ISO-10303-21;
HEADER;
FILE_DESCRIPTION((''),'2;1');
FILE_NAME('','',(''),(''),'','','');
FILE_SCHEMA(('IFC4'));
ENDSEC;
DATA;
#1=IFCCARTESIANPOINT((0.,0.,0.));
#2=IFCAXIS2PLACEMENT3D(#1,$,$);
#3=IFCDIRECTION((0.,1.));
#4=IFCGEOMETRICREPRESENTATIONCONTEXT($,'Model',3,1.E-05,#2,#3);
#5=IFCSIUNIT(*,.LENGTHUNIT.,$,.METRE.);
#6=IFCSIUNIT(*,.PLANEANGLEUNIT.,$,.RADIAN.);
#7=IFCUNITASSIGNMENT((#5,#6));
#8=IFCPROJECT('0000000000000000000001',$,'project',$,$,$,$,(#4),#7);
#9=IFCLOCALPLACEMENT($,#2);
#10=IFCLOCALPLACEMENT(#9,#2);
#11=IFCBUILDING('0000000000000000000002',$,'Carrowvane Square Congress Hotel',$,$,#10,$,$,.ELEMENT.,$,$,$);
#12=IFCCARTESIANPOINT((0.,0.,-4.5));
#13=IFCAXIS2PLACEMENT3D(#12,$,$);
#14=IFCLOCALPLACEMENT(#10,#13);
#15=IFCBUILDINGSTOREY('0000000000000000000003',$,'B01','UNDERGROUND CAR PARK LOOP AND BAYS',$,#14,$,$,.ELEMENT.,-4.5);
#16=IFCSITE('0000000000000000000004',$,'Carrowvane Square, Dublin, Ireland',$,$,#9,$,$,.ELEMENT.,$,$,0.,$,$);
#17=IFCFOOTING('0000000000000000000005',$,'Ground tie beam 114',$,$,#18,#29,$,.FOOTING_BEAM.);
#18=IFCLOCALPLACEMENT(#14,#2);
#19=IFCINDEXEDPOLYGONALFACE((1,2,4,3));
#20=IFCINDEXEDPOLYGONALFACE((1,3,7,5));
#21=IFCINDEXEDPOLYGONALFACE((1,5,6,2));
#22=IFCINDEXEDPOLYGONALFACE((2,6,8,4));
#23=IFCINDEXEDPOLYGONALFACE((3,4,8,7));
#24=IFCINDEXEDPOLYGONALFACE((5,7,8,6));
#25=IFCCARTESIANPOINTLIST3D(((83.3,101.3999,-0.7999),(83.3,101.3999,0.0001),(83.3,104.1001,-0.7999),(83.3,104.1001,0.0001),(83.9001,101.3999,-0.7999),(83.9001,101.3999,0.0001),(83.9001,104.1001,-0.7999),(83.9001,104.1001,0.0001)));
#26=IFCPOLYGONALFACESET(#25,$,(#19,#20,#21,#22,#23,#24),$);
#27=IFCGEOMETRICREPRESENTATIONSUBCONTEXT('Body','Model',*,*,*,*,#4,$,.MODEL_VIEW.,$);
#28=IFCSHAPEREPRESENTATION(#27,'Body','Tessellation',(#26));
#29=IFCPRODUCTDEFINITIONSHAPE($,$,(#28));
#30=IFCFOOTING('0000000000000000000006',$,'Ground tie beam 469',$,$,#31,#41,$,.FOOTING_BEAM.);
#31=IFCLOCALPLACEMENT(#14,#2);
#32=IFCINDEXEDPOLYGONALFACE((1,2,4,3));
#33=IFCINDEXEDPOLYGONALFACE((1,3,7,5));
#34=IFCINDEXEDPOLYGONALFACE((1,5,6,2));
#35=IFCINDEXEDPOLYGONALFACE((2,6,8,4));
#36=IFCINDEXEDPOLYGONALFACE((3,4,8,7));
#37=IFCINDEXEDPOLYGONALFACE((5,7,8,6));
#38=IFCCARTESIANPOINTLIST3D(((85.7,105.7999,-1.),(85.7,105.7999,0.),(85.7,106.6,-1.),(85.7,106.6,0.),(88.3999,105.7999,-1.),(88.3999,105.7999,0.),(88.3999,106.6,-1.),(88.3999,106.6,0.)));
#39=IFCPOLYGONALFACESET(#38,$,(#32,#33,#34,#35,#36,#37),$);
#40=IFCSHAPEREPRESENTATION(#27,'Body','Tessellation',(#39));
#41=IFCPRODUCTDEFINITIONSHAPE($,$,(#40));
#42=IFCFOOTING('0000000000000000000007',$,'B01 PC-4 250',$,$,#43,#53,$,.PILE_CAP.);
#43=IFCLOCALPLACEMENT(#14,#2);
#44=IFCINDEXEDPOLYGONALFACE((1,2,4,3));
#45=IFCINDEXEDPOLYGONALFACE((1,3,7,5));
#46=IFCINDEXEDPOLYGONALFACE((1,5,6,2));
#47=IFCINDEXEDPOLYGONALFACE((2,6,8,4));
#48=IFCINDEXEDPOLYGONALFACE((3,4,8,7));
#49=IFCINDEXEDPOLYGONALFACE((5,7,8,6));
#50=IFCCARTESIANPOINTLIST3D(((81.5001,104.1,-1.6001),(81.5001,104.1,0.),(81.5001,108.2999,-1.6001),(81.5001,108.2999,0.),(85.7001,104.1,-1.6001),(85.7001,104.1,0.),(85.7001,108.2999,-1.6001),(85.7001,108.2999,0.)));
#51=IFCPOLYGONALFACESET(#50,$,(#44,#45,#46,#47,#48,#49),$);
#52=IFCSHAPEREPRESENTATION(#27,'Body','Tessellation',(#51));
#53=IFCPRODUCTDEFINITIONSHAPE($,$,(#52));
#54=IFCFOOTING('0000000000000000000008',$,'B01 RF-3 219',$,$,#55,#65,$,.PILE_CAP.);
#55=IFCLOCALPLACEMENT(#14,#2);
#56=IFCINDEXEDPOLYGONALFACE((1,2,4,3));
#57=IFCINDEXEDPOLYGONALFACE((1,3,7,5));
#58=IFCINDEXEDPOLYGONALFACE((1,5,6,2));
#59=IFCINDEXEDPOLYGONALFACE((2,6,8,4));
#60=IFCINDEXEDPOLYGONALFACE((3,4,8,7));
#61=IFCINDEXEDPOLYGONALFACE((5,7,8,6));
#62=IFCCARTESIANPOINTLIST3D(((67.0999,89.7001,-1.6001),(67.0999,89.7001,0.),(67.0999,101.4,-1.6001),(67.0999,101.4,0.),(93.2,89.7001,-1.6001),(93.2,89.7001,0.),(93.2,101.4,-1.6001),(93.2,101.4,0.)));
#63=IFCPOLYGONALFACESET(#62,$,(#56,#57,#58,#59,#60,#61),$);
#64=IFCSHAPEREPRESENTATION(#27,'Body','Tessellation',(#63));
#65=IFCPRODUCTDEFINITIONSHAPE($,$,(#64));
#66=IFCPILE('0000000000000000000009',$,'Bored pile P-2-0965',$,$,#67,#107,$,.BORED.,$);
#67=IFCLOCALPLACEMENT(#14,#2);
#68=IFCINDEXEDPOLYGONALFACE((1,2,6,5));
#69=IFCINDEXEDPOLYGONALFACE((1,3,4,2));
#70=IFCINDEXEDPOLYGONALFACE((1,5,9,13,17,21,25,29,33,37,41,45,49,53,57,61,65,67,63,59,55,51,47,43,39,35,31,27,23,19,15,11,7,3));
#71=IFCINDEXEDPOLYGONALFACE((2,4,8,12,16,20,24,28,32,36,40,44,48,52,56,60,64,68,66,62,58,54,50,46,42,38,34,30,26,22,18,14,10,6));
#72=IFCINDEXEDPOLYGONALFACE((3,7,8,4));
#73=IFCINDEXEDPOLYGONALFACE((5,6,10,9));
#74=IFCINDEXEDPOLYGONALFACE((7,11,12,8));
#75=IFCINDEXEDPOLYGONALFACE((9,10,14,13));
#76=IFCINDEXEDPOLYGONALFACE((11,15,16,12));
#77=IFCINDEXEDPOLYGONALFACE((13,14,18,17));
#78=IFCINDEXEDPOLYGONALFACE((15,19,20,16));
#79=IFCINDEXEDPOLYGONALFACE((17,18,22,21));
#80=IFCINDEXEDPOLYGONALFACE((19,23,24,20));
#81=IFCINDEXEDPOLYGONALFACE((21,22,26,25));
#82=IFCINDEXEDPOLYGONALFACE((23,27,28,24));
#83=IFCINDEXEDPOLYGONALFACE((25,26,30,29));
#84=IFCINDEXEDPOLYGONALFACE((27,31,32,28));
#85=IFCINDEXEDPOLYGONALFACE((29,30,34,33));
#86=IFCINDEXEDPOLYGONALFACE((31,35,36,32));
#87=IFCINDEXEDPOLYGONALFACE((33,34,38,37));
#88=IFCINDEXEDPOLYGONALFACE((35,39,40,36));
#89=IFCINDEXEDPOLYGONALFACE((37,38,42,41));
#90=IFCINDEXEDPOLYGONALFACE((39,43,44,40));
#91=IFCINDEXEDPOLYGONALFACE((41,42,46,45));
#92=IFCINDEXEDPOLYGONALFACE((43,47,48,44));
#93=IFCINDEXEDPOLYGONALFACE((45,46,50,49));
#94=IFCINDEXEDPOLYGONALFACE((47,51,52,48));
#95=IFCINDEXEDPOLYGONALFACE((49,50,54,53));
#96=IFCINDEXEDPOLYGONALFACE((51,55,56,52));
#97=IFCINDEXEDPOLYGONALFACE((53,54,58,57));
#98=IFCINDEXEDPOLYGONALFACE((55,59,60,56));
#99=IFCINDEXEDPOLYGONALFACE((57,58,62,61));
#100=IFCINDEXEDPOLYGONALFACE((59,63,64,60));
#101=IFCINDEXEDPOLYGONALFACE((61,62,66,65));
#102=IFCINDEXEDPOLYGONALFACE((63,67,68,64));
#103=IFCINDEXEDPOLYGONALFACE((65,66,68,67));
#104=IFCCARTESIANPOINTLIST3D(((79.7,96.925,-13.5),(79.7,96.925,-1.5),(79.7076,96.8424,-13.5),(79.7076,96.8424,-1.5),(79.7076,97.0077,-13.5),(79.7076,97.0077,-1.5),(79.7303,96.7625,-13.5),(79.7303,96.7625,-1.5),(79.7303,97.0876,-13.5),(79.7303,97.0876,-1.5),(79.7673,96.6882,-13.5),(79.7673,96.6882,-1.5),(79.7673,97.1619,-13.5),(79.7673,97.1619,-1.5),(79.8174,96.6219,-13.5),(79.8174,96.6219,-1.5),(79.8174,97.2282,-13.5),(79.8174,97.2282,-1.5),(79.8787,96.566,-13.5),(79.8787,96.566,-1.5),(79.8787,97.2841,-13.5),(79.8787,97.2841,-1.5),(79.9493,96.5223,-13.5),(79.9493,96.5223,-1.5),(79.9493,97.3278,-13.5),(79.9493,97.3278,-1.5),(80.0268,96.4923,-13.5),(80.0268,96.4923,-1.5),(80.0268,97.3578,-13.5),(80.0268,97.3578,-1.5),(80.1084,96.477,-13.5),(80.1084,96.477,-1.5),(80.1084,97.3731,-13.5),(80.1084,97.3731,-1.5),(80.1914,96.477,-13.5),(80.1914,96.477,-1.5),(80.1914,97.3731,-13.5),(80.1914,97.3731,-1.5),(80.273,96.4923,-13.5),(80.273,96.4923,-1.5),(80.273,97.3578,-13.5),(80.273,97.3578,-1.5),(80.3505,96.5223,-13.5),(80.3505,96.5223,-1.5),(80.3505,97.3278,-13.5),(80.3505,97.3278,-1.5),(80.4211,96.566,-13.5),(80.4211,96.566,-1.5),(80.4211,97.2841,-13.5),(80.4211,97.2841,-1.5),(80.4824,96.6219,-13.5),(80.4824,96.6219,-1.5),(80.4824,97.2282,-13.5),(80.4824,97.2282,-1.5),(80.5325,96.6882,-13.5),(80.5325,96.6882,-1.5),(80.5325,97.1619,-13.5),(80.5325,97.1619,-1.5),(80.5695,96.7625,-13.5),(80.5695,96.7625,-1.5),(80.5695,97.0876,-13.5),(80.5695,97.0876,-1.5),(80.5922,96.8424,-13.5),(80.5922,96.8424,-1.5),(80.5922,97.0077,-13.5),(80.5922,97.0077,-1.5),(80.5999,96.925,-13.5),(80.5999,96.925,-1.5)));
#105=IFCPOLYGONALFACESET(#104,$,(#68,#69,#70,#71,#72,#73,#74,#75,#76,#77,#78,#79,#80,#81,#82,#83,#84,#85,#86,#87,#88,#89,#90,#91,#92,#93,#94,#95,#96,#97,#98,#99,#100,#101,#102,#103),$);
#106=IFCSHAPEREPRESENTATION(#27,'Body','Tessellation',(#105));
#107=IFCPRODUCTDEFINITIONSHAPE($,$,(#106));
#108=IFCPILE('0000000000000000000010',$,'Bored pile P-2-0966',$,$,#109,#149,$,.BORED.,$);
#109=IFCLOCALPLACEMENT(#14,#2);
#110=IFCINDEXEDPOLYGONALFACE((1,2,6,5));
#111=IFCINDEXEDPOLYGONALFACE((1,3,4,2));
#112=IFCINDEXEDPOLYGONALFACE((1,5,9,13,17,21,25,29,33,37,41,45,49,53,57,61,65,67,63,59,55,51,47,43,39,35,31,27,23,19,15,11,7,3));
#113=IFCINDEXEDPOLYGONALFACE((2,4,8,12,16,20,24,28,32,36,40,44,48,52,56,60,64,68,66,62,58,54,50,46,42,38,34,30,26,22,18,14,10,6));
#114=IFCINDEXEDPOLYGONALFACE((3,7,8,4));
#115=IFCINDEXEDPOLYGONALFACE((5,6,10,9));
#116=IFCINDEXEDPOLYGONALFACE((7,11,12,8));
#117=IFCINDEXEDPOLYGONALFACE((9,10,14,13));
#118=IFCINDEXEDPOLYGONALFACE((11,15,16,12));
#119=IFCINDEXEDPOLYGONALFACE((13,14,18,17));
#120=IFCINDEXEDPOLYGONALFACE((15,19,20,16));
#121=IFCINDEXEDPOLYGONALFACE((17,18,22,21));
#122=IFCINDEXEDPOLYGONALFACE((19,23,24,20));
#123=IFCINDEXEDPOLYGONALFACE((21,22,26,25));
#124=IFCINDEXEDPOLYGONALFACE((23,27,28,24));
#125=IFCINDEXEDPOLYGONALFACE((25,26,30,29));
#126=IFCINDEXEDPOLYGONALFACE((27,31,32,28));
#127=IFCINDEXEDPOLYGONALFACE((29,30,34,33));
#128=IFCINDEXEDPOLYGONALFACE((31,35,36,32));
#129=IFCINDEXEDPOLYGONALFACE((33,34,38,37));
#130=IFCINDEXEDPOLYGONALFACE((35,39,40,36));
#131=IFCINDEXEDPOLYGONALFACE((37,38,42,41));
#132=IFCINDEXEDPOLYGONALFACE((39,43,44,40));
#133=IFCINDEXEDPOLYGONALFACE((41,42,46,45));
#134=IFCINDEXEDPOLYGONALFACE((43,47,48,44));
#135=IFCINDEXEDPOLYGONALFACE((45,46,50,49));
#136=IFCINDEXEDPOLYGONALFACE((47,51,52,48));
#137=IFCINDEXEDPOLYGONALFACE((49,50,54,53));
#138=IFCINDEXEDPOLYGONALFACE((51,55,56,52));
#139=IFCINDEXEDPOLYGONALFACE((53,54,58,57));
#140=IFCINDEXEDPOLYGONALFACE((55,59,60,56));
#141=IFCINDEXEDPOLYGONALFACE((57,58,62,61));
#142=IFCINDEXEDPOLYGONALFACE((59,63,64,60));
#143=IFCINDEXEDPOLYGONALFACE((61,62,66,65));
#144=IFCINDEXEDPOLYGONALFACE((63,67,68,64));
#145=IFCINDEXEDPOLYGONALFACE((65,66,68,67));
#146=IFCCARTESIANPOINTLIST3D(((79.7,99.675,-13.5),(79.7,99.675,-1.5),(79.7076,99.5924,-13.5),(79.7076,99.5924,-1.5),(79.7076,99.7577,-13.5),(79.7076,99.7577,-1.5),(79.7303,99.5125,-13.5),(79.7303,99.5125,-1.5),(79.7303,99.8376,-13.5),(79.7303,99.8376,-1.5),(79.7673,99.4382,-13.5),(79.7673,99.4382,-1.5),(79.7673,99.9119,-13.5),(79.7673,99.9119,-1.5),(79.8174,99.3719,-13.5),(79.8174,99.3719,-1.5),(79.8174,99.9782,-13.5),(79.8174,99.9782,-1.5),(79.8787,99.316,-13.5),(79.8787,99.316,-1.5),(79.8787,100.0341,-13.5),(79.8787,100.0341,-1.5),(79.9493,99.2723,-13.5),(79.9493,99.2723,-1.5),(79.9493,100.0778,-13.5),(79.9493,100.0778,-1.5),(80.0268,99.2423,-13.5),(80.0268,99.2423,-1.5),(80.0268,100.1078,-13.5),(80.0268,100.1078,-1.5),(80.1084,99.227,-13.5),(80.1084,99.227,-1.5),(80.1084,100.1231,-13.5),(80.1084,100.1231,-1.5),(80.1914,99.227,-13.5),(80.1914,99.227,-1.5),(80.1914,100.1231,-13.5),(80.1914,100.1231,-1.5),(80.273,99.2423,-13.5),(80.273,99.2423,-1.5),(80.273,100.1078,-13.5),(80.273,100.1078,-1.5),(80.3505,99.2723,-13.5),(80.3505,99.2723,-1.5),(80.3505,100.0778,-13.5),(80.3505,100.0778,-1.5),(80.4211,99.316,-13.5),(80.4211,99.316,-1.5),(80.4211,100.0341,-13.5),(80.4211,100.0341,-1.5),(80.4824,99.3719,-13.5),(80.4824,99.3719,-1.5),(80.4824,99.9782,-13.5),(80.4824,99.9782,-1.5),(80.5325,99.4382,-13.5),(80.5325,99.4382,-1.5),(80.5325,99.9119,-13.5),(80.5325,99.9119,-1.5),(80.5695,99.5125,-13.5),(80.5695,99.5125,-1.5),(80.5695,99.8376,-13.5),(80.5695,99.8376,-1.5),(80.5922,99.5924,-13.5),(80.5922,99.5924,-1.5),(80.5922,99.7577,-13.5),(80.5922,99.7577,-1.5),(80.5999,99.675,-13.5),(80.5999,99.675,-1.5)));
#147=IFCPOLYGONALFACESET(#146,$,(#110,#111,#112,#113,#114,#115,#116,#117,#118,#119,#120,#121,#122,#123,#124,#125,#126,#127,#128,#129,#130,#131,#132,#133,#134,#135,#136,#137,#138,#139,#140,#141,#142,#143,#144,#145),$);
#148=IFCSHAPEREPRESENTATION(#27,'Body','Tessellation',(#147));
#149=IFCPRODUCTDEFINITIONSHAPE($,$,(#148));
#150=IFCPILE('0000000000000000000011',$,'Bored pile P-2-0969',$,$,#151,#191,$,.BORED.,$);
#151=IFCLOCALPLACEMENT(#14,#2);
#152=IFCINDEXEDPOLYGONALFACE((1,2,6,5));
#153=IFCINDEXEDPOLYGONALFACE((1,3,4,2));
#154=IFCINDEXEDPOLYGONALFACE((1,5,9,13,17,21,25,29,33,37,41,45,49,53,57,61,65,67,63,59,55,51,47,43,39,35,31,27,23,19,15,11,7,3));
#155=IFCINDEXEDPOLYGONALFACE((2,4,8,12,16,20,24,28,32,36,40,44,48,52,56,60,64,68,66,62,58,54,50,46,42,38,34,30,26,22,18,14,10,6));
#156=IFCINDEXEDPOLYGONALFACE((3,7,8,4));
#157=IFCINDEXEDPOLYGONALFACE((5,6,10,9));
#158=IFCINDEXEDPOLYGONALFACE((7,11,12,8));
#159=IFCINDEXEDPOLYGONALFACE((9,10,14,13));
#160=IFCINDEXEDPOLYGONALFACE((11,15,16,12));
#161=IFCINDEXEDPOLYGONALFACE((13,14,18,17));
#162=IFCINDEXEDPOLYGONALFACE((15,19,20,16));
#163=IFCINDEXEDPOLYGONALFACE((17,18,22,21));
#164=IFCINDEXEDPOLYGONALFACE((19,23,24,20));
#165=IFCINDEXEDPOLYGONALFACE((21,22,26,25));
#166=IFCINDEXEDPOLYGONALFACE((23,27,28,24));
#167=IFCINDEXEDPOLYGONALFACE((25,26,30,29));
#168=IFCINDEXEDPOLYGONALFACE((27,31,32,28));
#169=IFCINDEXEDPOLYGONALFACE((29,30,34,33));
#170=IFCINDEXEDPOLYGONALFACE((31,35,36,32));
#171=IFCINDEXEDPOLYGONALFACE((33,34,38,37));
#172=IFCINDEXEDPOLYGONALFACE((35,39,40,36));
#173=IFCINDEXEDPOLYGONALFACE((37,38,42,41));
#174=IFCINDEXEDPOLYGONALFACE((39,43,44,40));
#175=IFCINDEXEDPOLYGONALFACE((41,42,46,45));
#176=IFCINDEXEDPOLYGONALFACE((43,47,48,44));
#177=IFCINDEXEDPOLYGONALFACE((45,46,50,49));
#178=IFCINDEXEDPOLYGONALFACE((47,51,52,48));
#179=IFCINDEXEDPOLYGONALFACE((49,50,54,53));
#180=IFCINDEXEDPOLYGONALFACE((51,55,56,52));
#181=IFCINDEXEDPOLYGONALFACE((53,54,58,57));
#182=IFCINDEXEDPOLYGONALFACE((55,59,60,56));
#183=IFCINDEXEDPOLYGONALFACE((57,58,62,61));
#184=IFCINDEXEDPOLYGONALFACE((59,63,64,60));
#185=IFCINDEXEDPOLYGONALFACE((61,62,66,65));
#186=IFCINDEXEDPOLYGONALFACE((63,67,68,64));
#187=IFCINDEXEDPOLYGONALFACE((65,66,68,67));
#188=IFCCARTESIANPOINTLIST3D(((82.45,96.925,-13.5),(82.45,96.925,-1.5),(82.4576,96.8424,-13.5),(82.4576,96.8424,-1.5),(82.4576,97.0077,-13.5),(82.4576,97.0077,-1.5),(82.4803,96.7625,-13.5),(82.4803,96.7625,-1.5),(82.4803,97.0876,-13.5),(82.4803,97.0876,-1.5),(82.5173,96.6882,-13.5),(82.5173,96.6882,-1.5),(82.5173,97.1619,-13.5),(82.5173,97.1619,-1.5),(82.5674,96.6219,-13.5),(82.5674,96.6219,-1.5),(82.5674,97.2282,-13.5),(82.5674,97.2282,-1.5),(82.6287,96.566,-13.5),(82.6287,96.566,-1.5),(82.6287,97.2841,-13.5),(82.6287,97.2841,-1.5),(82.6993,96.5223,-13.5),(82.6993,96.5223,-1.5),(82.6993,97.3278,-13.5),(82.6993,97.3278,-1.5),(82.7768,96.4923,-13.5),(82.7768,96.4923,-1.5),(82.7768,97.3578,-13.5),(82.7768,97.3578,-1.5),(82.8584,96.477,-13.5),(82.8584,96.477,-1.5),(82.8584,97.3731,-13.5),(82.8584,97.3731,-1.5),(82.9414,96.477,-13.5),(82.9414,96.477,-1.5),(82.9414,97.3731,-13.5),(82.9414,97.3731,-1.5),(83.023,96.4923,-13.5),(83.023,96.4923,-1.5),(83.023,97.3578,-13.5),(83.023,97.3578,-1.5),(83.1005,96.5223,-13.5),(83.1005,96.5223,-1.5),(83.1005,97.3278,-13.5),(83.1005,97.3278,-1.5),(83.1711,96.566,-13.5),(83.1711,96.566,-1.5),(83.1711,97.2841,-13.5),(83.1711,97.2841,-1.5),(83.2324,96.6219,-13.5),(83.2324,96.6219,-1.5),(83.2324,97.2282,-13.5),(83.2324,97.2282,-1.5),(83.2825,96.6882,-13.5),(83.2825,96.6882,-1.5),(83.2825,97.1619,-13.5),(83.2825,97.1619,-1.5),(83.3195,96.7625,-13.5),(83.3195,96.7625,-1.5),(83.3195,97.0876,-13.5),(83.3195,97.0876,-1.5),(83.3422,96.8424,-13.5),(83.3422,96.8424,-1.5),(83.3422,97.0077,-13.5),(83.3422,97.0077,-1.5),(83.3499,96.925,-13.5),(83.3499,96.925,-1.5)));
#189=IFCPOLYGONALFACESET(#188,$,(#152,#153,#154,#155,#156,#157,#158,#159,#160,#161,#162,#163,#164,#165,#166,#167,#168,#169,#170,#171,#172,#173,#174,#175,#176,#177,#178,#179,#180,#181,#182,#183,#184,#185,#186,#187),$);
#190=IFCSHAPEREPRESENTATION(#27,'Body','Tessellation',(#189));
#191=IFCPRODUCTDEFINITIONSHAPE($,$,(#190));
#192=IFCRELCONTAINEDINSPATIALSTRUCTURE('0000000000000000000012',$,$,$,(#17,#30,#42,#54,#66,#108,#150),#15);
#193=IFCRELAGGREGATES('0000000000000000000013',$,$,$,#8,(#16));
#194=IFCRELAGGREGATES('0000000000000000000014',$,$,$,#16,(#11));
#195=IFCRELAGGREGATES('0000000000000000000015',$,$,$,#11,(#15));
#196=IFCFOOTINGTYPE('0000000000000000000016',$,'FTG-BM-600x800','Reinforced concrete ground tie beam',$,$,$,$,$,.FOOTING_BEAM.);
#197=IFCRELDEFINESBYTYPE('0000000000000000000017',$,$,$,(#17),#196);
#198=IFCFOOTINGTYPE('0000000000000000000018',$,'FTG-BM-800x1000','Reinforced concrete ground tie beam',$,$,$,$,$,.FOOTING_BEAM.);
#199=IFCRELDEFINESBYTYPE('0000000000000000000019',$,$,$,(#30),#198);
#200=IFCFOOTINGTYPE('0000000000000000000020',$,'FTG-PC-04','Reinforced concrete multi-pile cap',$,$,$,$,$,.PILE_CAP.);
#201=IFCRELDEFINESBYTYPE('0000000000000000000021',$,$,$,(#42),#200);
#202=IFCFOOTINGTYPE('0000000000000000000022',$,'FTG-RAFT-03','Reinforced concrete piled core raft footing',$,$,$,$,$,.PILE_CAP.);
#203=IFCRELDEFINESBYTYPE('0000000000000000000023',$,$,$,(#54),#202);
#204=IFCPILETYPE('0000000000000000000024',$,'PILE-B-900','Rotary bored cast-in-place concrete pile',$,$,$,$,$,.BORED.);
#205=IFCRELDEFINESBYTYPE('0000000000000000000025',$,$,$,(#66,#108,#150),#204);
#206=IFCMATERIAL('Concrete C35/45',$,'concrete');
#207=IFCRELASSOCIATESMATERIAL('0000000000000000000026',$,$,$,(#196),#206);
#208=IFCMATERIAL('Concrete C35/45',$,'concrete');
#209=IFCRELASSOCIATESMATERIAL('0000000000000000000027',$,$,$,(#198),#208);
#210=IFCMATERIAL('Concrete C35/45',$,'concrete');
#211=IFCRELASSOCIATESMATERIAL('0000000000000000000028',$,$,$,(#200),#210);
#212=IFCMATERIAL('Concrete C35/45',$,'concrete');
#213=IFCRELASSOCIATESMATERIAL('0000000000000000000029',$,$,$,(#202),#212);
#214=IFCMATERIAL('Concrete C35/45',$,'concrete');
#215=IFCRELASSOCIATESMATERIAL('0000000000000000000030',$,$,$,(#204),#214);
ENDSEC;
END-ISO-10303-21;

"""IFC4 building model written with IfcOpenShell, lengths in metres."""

from ifc_helpers import new_model, si_unit, direction, frame, origin, origin_2d, place, context, subcontext, project, spatial, rectangle, circle, extrude, material, material_profile, profile_set, type_object, element, save


model = new_model("IFC4")

# Units and contexts
model_context = context("Model", 3, precision=1e-05, world=origin(), true_north=direction((0.0, 1.0)))
body_context = subcontext(model_context, "Body", "Model", "MODEL_VIEW")
ifc_project = project(units=[si_unit("LENGTHUNIT", "METRE"), si_unit("PLANEANGLEUNIT", "RADIAN")], contexts=[model_context])

# Site, building, storey
site_placement = place(None, origin())
site = spatial("IfcSite", under=ifc_project, at=site_placement, Name="Carrowvane Square, Dublin, Ireland", CompositionType="ELEMENT", RefElevation=0.0)
building_placement = place(site_placement, origin())
building = spatial("IfcBuilding", under=site, at=building_placement, Name="Carrowvane Square Congress Hotel", CompositionType="ELEMENT")
storey_placement = place(building_placement, frame((0.0, 0.0, -4.5)))
storey = spatial("IfcBuildingStorey", under=building, at=storey_placement, Name="B01", Description="UNDERGROUND CAR PARK LOOP AND BAYS", CompositionType="ELEMENT", Elevation=-4.5)

# Footings
ifc_material_1 = material(Name="Concrete C35/45", Category="concrete")
ifc_material_profile_1 = material_profile(ifc_material_1, rectangle(XDim=0.6001, YDim=0.8, at=origin_2d()), Name="RC 600x800")
ifc_profile_set_1 = profile_set([ifc_material_profile_1], Name="Concrete C35/45")
footing_type_1 = type_object("IfcFootingType", Name="FTG-BM-600x800", Description="Reinforced concrete ground tie beam", PredefinedType="FOOTING_BEAM", material=ifc_profile_set_1)
footing_1_placement = place(storey_placement, frame((83.6001, 101.3999, -0.3999), z_axis=(0.0, 1.0, 0.0), x_axis=(-1.0, 0.0, 0.0)))
element("IfcFooting", 1, at=footing_1_placement, inside=storey, type_object=footing_type_1, Name="Ground tie beam 114", PredefinedType="FOOTING_BEAM", context=body_context, shape_type="SweptSolid", body=[
    extrude(rectangle(XDim=0.6001, YDim=0.8, at=origin_2d()), origin(), (0.0, 0.0, 1.0), 2.7002),
])
ifc_material_2 = material(Name="Concrete C35/45", Category="concrete")
ifc_material_profile_2 = material_profile(ifc_material_2, rectangle(XDim=0.8, YDim=1.0, at=origin_2d()), Name="RC 800x1000")
ifc_profile_set_2 = profile_set([ifc_material_profile_2], Name="Concrete C35/45")
footing_type_2 = type_object("IfcFootingType", Name="FTG-BM-800x1000", Description="Reinforced concrete ground tie beam", PredefinedType="FOOTING_BEAM", material=ifc_profile_set_2)
footing_2_placement = place(storey_placement, frame((85.7, 106.2, -0.5), z_axis=(1.0, 0.0, 0.0), x_axis=(0.0, 1.0, 0.0)))
element("IfcFooting", 2, at=footing_2_placement, inside=storey, type_object=footing_type_2, Name="Ground tie beam 469", PredefinedType="FOOTING_BEAM", context=body_context, shape_type="SweptSolid", body=[
    extrude(rectangle(XDim=0.8, YDim=1.0, at=origin_2d()), origin(), (0.0, 0.0, 1.0), 2.7),
])
ifc_material_3 = material(Name="Concrete C35/45", Category="concrete")
footing_type_3 = type_object("IfcFootingType", Name="FTG-PC-04", Description="Reinforced concrete multi-pile cap", PredefinedType="PILE_CAP", material=ifc_material_3)
footing_3_placement = place(storey_placement, frame((83.6001, 106.2, -1.6001), z_axis=(0.0, 0.0, 1.0), x_axis=(1.0, 0.0, 0.0)))
element("IfcFooting", 3, at=footing_3_placement, inside=storey, type_object=footing_type_3, Name="B01 PC-4 250", PredefinedType="PILE_CAP", context=body_context, shape_type="SweptSolid", body=[
    extrude(rectangle(XDim=4.2, YDim=4.2, at=origin_2d()), origin(), (0.0, 0.0, 1.0), 1.6001),
])
ifc_material_4 = material(Name="Concrete C35/45", Category="concrete")
footing_type_4 = type_object("IfcFootingType", Name="FTG-RAFT-03", Description="Reinforced concrete piled core raft footing", PredefinedType="PILE_CAP", material=ifc_material_4)
footing_4_placement = place(storey_placement, frame((80.1499, 95.55, -1.6001), z_axis=(0.0, 0.0, 1.0), x_axis=(1.0, 0.0, 0.0)))
element("IfcFooting", 4, at=footing_4_placement, inside=storey, type_object=footing_type_4, Name="B01 RF-3 219", PredefinedType="PILE_CAP", context=body_context, shape_type="SweptSolid", body=[
    extrude(rectangle(XDim=26.1001, YDim=11.7, at=origin_2d()), origin(), (0.0, 0.0, 1.0), 1.6001),
])

# Piles
ifc_material_5 = material(Name="Concrete C35/45", Category="concrete")
ifc_material_profile_3 = material_profile(ifc_material_5, circle(Radius=0.45, at=origin_2d()), Name="PILE D900")
ifc_profile_set_3 = profile_set([ifc_material_profile_3], Name="Concrete C35/45")
pile_type = type_object("IfcPileType", Name="PILE-B-900", Description="Rotary bored cast-in-place concrete pile", PredefinedType="BORED", material=ifc_profile_set_3)
for number, where, z_axis, x_axis, name in (
    (5, (80.1499, 96.925, -1.5), (0.0, 0.0, -1.0), (1.0, 0.0, 0.0), "Bored pile P-2-0965"),
    (6, (80.1499, 99.675, -1.5), (0.0, 0.0, -1.0), (1.0, 0.0, 0.0), "Bored pile P-2-0966"),
    (7, (82.8999, 96.925, -1.5), (0.0, 0.0, -1.0), (1.0, 0.0, 0.0), "Bored pile P-2-0969"),
):
    element("IfcPile", number, at=place(storey_placement, frame(where, z_axis=z_axis, x_axis=x_axis)), inside=storey, type_object=pile_type, Name=name, PredefinedType="BORED", context=body_context, shape_type="SweptSolid", body=[
        extrude(circle(Radius=0.45, at=origin_2d()), origin(), (0.0, 0.0, 1.0), 12.0),
    ])

save(model, "model.ifc")
